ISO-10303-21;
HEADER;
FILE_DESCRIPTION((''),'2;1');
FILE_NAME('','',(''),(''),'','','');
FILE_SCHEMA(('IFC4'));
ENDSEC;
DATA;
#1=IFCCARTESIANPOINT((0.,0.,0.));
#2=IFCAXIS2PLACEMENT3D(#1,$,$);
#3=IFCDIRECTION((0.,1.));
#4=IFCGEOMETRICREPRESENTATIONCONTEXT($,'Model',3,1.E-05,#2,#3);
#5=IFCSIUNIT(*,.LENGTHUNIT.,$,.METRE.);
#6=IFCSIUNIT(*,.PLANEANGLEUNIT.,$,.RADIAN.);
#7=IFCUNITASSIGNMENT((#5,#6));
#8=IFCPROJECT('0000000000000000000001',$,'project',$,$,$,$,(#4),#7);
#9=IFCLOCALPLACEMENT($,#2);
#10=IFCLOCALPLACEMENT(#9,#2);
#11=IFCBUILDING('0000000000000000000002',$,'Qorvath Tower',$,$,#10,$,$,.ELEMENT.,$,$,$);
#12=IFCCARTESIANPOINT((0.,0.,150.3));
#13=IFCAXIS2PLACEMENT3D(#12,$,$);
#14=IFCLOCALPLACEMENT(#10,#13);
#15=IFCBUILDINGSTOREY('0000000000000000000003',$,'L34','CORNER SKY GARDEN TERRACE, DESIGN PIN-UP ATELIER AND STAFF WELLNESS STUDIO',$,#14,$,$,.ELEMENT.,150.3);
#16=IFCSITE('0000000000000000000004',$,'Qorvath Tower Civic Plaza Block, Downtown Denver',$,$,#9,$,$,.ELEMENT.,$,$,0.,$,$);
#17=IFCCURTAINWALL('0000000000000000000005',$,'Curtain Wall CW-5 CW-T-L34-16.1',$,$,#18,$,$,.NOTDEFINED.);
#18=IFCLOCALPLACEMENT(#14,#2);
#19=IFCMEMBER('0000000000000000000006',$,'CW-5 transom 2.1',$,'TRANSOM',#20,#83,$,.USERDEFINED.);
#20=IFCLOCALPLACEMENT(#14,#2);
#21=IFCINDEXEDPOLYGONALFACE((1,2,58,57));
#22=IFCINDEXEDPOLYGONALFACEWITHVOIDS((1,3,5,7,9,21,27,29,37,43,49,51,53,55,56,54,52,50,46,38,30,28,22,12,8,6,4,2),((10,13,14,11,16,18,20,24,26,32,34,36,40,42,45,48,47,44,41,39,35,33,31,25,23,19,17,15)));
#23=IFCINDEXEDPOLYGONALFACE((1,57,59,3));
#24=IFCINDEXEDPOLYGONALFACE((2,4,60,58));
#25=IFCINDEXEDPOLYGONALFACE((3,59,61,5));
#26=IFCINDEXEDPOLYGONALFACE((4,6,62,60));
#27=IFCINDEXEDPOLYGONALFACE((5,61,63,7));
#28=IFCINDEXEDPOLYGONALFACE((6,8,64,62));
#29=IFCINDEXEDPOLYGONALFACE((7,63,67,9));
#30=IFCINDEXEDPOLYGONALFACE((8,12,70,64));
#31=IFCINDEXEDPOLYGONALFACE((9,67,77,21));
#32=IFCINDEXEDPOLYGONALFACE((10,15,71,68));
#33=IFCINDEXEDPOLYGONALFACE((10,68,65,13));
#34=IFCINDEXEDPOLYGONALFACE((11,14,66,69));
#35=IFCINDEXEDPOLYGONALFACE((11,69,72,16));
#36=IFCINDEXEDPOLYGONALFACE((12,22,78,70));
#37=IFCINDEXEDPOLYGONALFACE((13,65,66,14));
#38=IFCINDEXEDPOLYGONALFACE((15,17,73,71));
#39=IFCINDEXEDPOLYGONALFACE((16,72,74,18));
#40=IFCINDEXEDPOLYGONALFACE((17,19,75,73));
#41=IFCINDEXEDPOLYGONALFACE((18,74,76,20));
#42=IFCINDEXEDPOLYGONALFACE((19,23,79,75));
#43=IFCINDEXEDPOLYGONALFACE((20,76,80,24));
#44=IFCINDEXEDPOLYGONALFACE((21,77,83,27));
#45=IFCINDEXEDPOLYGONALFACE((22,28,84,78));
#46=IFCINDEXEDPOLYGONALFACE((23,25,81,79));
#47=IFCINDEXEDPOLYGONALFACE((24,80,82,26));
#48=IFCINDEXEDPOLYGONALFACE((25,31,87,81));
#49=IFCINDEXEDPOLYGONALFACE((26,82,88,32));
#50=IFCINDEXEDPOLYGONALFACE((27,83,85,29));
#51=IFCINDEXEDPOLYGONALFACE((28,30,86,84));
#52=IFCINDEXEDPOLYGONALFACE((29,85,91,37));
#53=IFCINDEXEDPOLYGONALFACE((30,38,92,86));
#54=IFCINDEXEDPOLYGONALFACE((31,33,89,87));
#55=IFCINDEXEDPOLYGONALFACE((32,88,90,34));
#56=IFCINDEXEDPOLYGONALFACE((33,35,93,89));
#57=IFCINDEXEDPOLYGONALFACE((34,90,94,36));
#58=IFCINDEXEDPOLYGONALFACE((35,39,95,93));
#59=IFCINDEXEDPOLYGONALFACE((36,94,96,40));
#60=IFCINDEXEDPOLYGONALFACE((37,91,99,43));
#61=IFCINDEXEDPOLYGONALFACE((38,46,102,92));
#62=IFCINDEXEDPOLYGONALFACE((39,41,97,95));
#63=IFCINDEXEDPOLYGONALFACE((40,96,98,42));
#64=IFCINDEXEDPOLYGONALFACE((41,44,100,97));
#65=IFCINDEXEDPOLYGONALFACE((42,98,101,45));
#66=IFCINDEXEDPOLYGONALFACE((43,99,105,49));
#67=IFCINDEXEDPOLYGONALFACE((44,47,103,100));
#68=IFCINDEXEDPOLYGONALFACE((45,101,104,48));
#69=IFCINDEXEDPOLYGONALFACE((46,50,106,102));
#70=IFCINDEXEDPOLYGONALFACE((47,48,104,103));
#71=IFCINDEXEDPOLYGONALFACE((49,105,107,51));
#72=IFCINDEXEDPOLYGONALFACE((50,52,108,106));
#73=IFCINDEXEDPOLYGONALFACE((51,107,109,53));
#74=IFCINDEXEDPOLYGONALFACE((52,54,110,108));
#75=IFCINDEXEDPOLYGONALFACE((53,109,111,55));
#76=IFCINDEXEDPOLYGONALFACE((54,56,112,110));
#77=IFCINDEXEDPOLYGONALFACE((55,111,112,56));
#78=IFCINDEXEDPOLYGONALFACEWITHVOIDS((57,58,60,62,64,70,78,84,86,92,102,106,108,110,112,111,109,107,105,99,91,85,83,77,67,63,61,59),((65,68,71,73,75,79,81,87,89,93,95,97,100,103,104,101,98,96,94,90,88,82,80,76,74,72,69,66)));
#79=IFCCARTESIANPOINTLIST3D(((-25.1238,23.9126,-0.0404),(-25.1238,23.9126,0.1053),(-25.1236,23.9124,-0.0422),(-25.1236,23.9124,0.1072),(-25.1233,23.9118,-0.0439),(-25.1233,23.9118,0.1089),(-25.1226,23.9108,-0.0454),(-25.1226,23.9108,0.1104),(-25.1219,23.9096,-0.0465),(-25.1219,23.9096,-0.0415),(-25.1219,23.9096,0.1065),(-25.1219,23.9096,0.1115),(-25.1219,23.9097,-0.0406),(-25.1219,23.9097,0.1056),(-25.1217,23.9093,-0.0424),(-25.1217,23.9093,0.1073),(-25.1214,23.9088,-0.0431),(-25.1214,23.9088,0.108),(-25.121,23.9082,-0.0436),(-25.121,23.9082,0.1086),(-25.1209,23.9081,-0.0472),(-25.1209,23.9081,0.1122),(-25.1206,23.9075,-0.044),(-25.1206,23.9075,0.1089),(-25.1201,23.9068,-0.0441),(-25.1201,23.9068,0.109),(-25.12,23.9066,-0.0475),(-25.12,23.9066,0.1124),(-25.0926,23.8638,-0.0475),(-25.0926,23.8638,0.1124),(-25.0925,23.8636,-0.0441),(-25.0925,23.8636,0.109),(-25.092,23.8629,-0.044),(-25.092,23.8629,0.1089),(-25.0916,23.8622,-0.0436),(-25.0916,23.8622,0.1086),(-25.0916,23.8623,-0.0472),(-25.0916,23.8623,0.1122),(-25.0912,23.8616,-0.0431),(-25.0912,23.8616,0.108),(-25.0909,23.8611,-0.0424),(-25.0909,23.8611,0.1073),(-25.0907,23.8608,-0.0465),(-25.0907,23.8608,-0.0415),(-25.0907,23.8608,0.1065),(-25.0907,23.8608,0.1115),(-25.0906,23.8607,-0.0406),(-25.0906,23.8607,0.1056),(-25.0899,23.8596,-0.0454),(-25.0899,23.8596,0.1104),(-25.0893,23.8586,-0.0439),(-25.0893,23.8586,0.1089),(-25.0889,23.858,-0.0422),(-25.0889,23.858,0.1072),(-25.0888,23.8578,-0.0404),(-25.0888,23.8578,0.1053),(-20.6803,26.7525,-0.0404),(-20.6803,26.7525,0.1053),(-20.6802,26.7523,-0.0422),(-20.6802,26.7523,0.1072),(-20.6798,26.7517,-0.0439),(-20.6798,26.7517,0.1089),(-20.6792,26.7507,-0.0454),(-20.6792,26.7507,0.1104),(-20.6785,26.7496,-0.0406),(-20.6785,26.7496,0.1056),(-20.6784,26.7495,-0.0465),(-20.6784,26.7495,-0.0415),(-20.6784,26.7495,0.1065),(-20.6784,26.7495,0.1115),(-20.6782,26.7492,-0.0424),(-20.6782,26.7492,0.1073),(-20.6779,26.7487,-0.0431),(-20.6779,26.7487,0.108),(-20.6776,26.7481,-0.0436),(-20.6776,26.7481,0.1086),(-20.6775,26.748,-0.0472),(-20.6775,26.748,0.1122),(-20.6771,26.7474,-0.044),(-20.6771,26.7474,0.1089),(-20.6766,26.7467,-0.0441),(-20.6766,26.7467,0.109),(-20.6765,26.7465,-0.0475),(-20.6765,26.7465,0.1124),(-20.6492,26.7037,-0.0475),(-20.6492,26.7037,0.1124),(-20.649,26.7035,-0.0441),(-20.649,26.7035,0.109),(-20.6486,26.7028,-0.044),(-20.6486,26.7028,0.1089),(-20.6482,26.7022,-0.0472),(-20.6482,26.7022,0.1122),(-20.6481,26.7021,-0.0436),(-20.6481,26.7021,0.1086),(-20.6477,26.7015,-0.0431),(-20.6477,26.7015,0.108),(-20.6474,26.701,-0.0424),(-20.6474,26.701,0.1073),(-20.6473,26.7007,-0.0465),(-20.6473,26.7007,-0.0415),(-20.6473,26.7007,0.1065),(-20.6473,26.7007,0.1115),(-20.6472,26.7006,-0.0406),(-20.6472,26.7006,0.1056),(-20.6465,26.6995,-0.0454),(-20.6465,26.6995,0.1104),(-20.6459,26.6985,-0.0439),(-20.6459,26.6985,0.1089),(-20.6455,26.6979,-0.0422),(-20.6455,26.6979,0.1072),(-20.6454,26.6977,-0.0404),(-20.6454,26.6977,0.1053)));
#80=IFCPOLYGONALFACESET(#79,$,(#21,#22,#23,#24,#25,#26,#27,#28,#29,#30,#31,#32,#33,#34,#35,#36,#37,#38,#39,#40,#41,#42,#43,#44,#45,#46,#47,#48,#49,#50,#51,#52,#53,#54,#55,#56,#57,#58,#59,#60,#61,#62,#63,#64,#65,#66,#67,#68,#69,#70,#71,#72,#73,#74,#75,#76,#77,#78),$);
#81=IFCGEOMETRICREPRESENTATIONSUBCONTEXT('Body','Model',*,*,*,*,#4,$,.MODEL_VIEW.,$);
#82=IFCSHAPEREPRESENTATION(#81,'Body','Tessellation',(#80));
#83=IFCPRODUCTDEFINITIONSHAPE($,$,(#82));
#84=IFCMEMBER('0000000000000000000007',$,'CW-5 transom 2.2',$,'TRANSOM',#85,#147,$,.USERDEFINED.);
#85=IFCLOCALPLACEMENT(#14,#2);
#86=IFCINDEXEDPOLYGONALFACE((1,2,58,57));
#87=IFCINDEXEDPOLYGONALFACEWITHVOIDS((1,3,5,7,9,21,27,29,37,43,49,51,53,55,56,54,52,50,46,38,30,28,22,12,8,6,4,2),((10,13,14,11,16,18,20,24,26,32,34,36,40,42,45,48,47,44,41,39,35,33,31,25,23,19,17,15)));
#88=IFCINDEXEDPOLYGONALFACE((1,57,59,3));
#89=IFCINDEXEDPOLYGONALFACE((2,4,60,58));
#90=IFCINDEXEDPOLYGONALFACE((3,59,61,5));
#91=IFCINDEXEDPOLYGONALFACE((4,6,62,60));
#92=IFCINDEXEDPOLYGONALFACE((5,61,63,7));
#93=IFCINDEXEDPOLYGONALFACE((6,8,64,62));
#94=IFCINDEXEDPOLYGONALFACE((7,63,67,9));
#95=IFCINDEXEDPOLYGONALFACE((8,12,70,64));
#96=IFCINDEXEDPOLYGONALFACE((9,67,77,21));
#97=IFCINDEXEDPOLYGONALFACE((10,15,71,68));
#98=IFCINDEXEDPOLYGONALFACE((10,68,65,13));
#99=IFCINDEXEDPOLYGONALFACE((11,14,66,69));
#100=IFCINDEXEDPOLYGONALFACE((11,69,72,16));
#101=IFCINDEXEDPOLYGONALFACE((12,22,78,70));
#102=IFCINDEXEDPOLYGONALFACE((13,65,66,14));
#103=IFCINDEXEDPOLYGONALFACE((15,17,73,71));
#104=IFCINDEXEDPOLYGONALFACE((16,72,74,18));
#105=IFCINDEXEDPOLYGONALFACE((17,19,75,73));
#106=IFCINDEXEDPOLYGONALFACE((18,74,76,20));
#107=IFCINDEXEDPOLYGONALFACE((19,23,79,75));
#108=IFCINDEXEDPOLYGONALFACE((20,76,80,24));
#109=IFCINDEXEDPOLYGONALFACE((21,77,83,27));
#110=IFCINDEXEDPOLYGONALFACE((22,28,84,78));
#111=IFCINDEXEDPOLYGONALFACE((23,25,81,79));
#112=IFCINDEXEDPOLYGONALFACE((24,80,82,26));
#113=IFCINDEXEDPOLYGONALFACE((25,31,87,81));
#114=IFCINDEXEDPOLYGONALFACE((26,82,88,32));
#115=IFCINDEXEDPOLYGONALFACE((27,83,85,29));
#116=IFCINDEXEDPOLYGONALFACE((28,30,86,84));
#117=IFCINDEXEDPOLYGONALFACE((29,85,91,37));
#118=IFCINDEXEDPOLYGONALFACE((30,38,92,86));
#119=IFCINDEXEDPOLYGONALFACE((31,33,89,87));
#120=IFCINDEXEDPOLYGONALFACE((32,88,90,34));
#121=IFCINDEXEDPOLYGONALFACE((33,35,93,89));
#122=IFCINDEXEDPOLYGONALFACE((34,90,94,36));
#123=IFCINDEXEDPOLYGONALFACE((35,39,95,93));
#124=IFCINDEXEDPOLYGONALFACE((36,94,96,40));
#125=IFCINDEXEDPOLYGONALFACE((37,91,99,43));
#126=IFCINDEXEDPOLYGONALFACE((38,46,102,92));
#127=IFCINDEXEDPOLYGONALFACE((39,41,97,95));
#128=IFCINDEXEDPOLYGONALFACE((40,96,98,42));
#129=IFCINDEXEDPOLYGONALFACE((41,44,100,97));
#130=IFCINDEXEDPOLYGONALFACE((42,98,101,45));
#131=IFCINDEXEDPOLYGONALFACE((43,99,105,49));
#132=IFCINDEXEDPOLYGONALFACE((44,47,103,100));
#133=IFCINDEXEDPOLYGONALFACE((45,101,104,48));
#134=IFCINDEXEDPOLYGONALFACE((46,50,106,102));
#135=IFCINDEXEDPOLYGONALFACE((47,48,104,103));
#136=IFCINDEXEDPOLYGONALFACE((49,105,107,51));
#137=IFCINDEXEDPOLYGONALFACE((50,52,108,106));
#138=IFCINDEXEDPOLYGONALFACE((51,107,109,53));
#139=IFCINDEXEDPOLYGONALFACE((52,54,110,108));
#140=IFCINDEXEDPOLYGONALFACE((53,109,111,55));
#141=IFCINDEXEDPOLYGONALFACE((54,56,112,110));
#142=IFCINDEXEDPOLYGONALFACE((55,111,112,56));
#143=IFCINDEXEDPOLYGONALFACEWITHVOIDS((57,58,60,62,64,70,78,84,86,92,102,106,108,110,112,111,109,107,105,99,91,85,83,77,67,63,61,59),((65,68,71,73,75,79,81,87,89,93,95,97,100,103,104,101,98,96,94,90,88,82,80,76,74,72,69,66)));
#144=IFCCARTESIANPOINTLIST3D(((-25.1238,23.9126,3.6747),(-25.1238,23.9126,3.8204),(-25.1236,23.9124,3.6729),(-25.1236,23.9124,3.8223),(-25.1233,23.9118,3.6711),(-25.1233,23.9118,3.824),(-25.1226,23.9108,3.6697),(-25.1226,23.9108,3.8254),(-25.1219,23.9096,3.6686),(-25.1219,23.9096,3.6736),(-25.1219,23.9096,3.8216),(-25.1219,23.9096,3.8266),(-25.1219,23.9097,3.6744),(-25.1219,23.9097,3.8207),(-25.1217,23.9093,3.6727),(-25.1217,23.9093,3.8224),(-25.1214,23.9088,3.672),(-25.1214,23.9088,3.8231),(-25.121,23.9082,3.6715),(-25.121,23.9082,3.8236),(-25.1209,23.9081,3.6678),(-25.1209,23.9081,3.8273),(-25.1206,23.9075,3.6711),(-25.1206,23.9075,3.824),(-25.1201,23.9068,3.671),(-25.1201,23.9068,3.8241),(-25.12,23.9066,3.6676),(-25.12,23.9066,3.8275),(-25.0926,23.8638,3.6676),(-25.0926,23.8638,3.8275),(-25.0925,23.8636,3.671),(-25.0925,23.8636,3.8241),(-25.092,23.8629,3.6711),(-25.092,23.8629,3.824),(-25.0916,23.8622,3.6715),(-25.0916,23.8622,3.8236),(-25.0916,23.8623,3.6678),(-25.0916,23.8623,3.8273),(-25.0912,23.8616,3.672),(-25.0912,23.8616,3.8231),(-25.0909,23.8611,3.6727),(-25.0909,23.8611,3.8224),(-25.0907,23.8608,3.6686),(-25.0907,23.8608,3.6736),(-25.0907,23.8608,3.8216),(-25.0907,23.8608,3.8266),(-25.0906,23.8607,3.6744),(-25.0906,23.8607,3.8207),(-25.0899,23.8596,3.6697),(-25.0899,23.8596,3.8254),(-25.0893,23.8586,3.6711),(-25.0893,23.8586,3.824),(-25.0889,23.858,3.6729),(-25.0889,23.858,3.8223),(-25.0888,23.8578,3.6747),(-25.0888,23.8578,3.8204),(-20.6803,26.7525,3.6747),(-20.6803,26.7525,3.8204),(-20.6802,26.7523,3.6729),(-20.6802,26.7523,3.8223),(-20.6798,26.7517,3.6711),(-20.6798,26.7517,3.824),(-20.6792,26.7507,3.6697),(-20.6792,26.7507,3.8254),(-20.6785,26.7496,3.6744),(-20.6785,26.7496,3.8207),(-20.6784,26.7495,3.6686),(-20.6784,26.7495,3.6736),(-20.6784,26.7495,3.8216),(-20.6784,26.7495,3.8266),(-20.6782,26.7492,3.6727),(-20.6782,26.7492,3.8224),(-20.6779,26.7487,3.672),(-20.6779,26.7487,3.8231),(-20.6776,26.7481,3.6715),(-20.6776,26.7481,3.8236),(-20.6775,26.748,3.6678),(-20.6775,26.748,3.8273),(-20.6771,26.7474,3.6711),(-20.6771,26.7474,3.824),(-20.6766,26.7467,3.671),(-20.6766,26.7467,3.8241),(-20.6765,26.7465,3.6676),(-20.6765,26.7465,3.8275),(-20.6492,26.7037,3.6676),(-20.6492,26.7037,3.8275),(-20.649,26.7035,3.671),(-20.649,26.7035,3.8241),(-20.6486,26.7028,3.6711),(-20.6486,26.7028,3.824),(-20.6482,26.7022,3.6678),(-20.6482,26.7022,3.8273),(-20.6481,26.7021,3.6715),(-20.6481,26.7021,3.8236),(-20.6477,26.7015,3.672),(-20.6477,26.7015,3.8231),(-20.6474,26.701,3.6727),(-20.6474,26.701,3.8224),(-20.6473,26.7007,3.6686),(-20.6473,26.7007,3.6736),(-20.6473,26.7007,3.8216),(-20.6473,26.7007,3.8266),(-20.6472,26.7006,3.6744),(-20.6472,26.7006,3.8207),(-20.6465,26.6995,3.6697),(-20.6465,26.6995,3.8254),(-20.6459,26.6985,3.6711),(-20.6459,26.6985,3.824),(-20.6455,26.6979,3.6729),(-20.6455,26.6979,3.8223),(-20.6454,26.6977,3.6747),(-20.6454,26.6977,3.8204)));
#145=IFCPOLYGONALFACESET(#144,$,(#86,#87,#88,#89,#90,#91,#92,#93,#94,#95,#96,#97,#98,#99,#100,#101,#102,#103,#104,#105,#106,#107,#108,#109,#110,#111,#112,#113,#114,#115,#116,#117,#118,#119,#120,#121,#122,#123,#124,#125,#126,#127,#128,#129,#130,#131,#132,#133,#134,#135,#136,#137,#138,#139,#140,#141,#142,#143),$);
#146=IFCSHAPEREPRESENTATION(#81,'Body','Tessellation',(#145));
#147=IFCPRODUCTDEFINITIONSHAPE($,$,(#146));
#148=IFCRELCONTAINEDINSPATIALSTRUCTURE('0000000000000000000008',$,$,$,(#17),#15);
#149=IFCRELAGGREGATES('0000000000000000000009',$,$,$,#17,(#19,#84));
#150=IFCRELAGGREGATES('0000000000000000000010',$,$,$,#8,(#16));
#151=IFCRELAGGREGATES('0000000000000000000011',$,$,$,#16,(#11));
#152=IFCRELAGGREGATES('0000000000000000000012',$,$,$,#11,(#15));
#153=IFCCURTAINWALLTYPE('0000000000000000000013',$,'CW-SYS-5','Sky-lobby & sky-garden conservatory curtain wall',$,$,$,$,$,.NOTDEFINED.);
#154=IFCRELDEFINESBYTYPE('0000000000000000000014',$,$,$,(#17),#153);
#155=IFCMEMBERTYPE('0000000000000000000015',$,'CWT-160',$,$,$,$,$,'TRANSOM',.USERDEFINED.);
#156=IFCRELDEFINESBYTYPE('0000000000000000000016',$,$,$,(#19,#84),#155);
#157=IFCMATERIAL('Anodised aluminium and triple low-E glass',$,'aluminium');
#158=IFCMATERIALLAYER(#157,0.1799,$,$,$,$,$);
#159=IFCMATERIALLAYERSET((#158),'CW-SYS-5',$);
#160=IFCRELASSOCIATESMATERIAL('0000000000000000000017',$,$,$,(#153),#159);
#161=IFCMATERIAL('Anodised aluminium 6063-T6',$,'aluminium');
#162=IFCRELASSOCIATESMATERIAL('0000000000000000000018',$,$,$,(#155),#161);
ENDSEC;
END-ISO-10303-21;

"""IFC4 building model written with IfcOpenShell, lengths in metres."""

from ifc_helpers import new_model, si_unit, direction, frame, origin, origin_2d, place, context, subcontext, project, spatial, hollow_rectangle, extrude, material, layer, layer_set, material_profile, profile_set, type_object, element, aggregate, save


model = new_model("IFC4")

# Units and contexts
model_context = context("Model", 3, precision=1e-05, world=origin(), true_north=direction((0.0, 1.0)))
body_context = subcontext(model_context, "Body", "Model", "MODEL_VIEW")
ifc_project = project(units=[si_unit("LENGTHUNIT", "METRE"), si_unit("PLANEANGLEUNIT", "RADIAN")], contexts=[model_context])

# Site, building, storey
site_placement = place(None, origin())
site = spatial("IfcSite", under=ifc_project, at=site_placement, Name="Qorvath Tower Civic Plaza Block, Downtown Denver", CompositionType="ELEMENT", RefElevation=0.0)
building_placement = place(site_placement, origin())
building = spatial("IfcBuilding", under=site, at=building_placement, Name="Qorvath Tower", CompositionType="ELEMENT")
storey_placement = place(building_placement, frame((0.0, 0.0, 150.3)))
storey = spatial("IfcBuildingStorey", under=building, at=storey_placement, Name="L34", Description="CORNER SKY GARDEN TERRACE, DESIGN PIN-UP ATELIER AND STAFF WELLNESS STUDIO", CompositionType="ELEMENT", Elevation=150.3)

# Curtain wall, members
ifc_material_1 = material(Name="Anodised aluminium and triple low-E glass", Category="aluminium")
ifc_layer_1 = layer(ifc_material_1, 0.1799)
ifc_layer_set_1 = layer_set([ifc_layer_1], Name="CW-SYS-5")
curtain_wall_type = type_object("IfcCurtainWallType", Name="CW-SYS-5", Description="Sky-lobby & sky-garden conservatory curtain wall", PredefinedType="NOTDEFINED", material=ifc_layer_set_1)
curtain_wall_placement = place(storey_placement, origin())
curtain_wall = element("IfcCurtainWall", 1, at=curtain_wall_placement, inside=storey, type_object=curtain_wall_type, Name="Curtain Wall CW-5 CW-T-L34-16.1", PredefinedType="NOTDEFINED")
ifc_material_2 = material(Name="Anodised aluminium 6063-T6", Category="aluminium")
ifc_material_profile_1 = material_profile(ifc_material_2, hollow_rectangle(XDim=0.0649, YDim=0.1599, WallThickness=0.0034, InnerFilletRadius=0.0034, OuterFilletRadius=0.0071, at=origin_2d()), Name="CWT 160x65")
ifc_profile_set_1 = profile_set([ifc_material_profile_1], Name="Anodised aluminium 6063-T6")
member_type_1 = type_object("IfcMemberType", Name="CWT-160", ElementType="TRANSOM", PredefinedType="USERDEFINED", material=ifc_profile_set_1)
member_1_placement = place(storey_placement, frame((-20.6628, 26.7251, 0.0325), z_axis=(-0.842608, -0.538528, 0.0), x_axis=(0.538528, -0.842608, 0.0)))
member_1 = element("IfcMember", 2, at=member_1_placement, type_object=member_type_1, Name="CW-5 transom 2.1", ObjectType="TRANSOM", PredefinedType="USERDEFINED", context=body_context, shape_type="SweptSolid", body=[
    extrude(hollow_rectangle(XDim=0.0649, YDim=0.1599, WallThickness=0.0034, InnerFilletRadius=0.0034, OuterFilletRadius=0.0071, at=origin_2d()), origin(), (0.0, 0.0, 1.0), 5.2734),
])
member_2_placement = place(storey_placement, frame((-20.6628, 26.7251, 3.7476), z_axis=(-0.842608, -0.538528, 0.0), x_axis=(0.538528, -0.842608, 0.0)))
member_2 = element("IfcMember", 3, at=member_2_placement, type_object=member_type_1, Name="CW-5 transom 2.2", ObjectType="TRANSOM", PredefinedType="USERDEFINED", context=body_context, shape_type="SweptSolid", body=[
    extrude(hollow_rectangle(XDim=0.0649, YDim=0.1599, WallThickness=0.0034, InnerFilletRadius=0.0034, OuterFilletRadius=0.0071, at=origin_2d()), origin(), (0.0, 0.0, 1.0), 5.2734),
])
aggregate(curtain_wall, [member_1, member_2])

save(model, "model.ifc")
